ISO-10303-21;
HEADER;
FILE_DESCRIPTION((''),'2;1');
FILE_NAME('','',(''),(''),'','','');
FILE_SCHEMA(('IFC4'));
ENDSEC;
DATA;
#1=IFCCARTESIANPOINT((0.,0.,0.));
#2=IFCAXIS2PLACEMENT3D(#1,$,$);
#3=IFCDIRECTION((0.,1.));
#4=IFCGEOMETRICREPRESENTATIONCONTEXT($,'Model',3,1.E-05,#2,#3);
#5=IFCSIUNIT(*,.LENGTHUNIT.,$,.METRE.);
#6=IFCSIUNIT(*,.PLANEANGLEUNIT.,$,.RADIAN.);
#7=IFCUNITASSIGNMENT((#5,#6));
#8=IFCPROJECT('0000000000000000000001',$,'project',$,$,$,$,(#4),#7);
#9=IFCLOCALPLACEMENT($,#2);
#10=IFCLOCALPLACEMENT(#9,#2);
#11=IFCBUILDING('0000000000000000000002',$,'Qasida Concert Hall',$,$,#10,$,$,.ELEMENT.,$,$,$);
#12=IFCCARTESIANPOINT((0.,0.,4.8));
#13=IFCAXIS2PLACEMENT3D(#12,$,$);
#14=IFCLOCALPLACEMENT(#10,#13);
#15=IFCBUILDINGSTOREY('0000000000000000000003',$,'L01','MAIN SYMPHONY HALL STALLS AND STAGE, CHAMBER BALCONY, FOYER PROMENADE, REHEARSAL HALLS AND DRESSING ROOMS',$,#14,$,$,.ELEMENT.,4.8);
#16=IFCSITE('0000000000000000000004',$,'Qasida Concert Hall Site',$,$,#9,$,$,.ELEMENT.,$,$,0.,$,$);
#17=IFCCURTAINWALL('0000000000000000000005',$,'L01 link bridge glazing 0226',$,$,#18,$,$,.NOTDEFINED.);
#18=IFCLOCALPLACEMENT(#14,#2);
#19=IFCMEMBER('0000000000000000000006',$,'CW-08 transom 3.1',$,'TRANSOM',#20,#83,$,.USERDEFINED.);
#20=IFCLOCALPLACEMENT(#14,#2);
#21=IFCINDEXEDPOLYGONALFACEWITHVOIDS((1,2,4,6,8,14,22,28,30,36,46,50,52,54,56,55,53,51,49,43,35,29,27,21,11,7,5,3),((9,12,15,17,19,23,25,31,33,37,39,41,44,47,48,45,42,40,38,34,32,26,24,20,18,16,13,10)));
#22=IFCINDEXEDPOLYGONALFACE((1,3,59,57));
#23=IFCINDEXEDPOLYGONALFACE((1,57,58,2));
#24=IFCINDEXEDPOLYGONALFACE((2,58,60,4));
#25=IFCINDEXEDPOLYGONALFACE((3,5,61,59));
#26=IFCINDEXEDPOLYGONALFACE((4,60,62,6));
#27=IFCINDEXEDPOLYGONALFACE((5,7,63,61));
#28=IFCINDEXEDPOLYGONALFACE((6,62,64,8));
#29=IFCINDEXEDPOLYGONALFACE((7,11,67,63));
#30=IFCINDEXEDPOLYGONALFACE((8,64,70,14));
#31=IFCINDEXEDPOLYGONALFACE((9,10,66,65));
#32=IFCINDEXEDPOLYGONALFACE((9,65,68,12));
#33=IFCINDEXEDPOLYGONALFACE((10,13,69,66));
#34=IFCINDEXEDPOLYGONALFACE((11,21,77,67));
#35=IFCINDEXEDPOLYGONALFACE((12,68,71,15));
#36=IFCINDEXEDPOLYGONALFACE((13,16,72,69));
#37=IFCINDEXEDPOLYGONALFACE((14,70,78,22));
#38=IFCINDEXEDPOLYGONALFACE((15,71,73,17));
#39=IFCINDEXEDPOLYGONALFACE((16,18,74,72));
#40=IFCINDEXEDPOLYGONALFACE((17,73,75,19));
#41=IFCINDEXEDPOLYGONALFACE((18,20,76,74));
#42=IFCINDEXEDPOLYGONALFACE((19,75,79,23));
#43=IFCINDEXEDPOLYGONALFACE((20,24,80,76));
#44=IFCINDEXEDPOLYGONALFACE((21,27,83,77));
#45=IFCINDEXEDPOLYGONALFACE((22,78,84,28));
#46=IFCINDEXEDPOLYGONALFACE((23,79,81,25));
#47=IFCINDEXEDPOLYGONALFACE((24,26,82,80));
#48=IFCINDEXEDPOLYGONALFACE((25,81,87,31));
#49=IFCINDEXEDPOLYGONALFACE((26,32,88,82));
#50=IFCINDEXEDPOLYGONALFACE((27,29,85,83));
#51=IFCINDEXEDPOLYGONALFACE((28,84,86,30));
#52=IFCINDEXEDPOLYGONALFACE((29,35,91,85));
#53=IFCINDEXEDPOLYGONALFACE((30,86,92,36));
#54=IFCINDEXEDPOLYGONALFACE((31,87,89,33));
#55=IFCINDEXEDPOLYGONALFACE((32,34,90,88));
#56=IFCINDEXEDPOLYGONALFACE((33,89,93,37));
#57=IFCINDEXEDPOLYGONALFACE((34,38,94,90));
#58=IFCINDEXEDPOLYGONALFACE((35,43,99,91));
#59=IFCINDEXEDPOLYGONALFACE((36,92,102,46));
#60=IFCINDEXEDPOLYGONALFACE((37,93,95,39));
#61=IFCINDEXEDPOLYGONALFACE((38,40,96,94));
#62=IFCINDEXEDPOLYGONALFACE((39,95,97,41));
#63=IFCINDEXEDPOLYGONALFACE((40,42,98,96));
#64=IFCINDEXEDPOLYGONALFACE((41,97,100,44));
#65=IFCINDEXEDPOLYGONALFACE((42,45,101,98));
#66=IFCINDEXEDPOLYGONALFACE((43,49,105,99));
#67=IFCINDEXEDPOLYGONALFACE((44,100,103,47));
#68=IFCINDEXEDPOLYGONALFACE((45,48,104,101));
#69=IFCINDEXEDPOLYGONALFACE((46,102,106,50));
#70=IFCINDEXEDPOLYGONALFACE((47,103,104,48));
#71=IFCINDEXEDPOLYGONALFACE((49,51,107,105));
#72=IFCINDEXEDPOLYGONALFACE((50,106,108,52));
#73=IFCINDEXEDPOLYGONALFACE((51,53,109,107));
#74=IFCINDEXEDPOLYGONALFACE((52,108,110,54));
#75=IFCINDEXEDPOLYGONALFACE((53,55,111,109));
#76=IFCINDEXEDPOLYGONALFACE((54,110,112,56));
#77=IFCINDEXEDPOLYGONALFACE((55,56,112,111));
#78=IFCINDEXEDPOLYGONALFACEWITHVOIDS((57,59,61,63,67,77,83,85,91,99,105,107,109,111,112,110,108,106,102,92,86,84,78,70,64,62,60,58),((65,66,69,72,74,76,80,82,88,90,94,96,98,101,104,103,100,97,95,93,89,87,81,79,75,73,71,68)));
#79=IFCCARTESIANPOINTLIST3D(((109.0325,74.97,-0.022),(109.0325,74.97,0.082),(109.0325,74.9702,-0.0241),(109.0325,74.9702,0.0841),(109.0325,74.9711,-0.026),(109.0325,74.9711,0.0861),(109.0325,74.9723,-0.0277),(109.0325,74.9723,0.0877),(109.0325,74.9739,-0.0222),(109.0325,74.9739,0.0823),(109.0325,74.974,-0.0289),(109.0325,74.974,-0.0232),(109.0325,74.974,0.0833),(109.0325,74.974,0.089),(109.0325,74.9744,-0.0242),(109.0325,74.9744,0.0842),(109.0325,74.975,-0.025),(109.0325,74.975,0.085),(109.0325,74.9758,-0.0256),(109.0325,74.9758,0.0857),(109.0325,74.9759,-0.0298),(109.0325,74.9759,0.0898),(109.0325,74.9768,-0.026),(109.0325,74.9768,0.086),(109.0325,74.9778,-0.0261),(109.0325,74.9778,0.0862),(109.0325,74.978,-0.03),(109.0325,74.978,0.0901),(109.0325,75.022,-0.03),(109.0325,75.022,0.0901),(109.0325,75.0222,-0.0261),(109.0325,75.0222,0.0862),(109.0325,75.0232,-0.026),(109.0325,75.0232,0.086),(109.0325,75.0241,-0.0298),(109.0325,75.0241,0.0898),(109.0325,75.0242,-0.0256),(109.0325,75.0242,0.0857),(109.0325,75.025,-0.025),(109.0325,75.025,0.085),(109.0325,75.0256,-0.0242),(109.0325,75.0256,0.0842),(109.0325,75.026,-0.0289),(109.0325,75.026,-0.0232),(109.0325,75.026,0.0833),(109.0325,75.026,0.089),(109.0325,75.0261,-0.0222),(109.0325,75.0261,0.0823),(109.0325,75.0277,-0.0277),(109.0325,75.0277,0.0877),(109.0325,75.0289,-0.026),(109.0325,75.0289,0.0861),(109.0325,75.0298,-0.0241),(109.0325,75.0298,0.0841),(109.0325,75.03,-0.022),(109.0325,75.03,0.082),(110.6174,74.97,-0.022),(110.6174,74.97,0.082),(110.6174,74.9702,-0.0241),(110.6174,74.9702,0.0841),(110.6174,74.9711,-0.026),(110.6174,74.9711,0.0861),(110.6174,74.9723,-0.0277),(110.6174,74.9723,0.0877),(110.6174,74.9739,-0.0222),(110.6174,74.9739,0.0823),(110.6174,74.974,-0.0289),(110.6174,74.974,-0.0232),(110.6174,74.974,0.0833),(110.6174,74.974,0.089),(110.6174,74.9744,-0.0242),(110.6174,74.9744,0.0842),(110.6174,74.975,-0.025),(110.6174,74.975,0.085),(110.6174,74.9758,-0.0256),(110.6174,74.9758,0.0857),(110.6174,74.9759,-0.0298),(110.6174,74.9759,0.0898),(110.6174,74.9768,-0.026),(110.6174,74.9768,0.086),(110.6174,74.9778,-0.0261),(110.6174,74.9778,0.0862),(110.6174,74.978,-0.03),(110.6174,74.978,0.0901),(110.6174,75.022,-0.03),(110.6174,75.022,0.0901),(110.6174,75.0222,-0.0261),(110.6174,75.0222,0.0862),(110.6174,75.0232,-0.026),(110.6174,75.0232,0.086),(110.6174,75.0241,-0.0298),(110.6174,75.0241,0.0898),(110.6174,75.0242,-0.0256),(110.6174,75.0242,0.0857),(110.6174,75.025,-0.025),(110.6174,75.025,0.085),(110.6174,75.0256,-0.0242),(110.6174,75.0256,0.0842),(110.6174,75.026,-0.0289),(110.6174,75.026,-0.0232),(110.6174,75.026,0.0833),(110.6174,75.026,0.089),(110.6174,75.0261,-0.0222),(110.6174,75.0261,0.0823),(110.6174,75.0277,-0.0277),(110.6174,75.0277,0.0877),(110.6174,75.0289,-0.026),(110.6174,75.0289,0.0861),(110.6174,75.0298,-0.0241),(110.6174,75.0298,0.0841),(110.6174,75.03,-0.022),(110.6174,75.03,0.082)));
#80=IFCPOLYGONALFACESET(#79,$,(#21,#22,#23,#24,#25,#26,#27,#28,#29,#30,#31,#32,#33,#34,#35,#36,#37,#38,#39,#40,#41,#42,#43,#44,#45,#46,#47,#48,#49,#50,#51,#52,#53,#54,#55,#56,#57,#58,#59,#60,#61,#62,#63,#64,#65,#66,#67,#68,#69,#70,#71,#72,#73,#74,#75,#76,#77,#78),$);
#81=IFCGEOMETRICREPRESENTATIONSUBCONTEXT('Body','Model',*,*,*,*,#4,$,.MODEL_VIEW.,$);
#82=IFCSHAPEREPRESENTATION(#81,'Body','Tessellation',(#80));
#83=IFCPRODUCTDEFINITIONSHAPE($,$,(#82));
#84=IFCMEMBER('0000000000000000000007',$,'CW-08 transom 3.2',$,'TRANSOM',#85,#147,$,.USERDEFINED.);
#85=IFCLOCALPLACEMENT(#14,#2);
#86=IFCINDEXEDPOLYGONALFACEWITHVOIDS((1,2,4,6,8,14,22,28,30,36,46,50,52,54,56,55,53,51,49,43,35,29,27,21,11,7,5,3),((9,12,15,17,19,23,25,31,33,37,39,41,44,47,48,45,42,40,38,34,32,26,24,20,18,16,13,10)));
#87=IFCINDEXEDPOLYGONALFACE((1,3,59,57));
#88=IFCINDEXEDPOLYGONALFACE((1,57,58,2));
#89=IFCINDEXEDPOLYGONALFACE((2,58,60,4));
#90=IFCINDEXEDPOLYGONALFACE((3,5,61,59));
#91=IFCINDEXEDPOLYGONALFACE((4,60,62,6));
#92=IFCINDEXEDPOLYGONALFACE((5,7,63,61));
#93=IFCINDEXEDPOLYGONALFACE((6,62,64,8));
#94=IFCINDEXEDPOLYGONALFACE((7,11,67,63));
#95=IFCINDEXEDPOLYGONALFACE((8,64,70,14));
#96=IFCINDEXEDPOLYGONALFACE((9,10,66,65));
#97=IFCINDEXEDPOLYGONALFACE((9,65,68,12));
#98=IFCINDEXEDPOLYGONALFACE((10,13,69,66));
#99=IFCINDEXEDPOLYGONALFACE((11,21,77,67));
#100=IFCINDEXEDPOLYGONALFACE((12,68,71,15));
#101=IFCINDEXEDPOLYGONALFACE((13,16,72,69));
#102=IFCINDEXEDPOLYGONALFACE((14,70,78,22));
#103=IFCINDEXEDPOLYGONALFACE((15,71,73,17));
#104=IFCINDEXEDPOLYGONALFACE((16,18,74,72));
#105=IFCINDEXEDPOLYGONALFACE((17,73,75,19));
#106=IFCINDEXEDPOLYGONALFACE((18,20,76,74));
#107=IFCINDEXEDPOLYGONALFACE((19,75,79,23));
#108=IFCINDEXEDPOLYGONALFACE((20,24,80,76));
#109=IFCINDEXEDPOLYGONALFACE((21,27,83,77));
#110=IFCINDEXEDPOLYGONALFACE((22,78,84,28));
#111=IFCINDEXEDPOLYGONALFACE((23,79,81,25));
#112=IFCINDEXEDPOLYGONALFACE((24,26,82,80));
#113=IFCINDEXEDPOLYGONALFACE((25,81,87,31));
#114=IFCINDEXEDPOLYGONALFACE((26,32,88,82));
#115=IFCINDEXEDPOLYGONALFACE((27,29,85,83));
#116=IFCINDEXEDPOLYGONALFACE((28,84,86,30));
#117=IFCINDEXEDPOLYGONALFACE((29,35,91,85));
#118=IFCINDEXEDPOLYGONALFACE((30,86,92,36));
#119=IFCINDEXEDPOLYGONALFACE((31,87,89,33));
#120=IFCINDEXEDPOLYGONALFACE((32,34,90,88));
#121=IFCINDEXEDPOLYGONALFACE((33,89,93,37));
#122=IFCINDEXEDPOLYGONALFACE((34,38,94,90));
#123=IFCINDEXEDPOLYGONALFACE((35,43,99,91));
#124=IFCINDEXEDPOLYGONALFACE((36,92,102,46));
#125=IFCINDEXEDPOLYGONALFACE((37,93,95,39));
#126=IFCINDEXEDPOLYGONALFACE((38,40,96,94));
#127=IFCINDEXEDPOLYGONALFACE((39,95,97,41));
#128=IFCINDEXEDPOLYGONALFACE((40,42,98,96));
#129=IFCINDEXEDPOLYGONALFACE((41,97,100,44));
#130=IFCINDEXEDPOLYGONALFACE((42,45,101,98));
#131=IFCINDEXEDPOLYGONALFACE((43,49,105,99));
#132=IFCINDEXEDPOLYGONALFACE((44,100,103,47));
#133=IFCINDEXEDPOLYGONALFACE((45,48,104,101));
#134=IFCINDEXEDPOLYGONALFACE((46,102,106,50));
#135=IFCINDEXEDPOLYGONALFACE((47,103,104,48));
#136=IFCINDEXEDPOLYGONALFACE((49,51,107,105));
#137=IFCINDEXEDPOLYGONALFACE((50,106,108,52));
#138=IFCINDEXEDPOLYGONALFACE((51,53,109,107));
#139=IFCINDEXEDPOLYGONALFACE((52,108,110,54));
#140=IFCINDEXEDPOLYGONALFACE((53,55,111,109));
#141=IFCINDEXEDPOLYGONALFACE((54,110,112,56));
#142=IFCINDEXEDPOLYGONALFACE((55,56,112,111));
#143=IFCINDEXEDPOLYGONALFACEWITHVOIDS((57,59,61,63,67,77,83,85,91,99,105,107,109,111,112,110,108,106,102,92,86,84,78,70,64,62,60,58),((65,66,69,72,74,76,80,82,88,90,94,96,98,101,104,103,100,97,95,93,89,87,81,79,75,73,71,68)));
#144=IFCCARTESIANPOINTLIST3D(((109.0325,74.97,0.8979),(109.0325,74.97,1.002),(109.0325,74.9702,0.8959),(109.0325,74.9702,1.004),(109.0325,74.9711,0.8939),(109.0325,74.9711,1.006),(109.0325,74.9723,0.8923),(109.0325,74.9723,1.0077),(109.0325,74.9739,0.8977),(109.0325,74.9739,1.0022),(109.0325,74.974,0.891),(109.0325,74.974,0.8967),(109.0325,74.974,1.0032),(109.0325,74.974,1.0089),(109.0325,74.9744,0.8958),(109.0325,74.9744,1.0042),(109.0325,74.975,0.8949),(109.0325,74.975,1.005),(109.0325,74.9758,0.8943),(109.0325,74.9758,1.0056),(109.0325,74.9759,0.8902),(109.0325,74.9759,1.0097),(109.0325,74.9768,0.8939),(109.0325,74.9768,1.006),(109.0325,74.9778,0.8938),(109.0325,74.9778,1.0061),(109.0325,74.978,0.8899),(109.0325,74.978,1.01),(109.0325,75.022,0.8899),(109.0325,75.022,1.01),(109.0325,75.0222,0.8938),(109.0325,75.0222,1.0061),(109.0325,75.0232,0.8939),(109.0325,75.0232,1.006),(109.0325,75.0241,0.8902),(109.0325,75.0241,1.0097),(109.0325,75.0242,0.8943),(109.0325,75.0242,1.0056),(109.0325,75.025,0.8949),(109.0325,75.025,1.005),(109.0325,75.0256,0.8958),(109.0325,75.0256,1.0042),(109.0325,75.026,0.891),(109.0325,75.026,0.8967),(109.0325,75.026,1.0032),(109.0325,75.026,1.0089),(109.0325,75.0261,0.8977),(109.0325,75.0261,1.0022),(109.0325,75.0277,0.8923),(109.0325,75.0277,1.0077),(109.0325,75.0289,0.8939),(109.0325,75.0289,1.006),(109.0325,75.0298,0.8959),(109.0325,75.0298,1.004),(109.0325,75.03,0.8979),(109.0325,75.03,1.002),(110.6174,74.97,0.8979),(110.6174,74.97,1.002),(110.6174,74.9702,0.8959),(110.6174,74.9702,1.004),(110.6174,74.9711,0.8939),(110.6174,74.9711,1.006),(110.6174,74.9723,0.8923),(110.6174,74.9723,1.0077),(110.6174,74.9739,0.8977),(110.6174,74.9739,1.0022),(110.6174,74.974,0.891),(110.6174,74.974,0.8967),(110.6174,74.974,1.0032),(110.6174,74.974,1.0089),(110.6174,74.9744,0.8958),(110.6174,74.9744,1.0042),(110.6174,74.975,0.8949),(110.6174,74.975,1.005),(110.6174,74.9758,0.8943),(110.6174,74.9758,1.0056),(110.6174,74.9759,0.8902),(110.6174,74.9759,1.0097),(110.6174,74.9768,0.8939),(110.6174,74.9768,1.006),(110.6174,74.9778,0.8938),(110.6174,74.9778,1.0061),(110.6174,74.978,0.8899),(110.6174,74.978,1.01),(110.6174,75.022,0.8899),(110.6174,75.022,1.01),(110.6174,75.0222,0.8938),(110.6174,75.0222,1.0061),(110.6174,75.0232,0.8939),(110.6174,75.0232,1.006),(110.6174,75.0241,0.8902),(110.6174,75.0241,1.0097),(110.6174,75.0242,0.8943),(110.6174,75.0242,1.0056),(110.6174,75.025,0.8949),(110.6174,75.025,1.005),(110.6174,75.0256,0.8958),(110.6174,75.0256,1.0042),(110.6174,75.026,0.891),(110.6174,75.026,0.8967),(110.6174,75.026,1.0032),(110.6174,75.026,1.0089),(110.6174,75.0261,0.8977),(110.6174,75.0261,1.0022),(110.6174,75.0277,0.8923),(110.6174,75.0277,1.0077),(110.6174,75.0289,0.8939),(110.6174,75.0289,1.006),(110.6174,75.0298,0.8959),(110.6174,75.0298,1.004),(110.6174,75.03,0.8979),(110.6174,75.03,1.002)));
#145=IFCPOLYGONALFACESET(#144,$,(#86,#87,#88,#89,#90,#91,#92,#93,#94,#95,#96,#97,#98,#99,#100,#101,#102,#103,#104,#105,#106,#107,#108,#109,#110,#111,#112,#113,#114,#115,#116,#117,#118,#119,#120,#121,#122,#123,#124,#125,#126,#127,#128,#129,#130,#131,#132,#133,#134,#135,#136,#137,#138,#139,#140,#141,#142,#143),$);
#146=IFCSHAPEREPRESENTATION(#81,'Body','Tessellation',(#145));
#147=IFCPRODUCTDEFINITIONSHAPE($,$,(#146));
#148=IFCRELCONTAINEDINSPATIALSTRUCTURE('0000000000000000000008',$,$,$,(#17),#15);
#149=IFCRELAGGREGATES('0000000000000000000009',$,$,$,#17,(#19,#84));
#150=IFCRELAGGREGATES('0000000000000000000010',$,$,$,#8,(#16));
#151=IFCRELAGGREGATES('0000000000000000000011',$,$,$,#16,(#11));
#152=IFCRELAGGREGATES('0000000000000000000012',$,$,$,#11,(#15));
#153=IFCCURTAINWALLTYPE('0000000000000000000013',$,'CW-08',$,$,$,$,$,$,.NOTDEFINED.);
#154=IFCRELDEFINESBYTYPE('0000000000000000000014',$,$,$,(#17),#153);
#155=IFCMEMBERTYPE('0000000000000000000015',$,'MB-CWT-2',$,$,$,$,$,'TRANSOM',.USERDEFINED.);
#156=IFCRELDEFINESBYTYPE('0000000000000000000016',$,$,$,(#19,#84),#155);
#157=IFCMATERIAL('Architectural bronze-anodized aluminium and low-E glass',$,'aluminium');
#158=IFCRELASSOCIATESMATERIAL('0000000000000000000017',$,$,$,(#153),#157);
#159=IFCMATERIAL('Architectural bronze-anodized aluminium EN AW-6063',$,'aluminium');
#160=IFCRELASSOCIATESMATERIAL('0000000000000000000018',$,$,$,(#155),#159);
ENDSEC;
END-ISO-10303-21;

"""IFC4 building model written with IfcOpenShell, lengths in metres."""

from ifc_helpers import new_model, si_unit, direction, frame, origin, origin_2d, place, context, subcontext, project, spatial, hollow_rectangle, extrude, material, material_profile, profile_set, type_object, element, aggregate, save


model = new_model("IFC4")

# Units and contexts
model_context = context("Model", 3, precision=1e-05, world=origin(), true_north=direction((0.0, 1.0)))
body_context = subcontext(model_context, "Body", "Model", "MODEL_VIEW")
ifc_project = project(units=[si_unit("LENGTHUNIT", "METRE"), si_unit("PLANEANGLEUNIT", "RADIAN")], contexts=[model_context])

# Site, building, storey
site_placement = place(None, origin())
site = spatial("IfcSite", under=ifc_project, at=site_placement, Name="Qasida Concert Hall Site", CompositionType="ELEMENT", RefElevation=0.0)
building_placement = place(site_placement, origin())
building = spatial("IfcBuilding", under=site, at=building_placement, Name="Qasida Concert Hall", CompositionType="ELEMENT")
storey_placement = place(building_placement, frame((0.0, 0.0, 4.8)))
storey = spatial("IfcBuildingStorey", under=building, at=storey_placement, Name="L01", Description="MAIN SYMPHONY HALL STALLS AND STAGE, CHAMBER BALCONY, FOYER PROMENADE, REHEARSAL HALLS AND DRESSING ROOMS", CompositionType="ELEMENT", Elevation=4.8)

# Curtain wall, members
ifc_material_1 = material(Name="Architectural bronze-anodized aluminium and low-E glass", Category="aluminium")
curtain_wall_type = type_object("IfcCurtainWallType", Name="CW-08", PredefinedType="NOTDEFINED", material=ifc_material_1)
curtain_wall_placement = place(storey_placement, origin())
curtain_wall = element("IfcCurtainWall", 1, at=curtain_wall_placement, inside=storey, type_object=curtain_wall_type, Name="L01 link bridge glazing 0226", PredefinedType="NOTDEFINED")
ifc_material_2 = material(Name="Architectural bronze-anodized aluminium EN AW-6063", Category="aluminium")
ifc_material_profile_1 = material_profile(ifc_material_2, hollow_rectangle(XDim=0.0601, YDim=0.1201, WallThickness=0.0039, InnerFilletRadius=0.0039, OuterFilletRadius=0.0081, at=origin_2d()), Name="CWT 120x60x4")
ifc_profile_set_1 = profile_set([ifc_material_profile_1], Name="Architectural bronze-anodized aluminium EN AW-6063")
member_type_1 = type_object("IfcMemberType", Name="MB-CWT-2", ElementType="TRANSOM", PredefinedType="USERDEFINED", material=ifc_profile_set_1)
member_1_placement = place(storey_placement, frame((109.0325, 75.0, 0.03), z_axis=(1.0, 0.0, 0.0), x_axis=(0.0, 1.0, 0.0)))
member_1 = element("IfcMember", 2, at=member_1_placement, type_object=member_type_1, Name="CW-08 transom 3.1", ObjectType="TRANSOM", PredefinedType="USERDEFINED", context=body_context, shape_type="SweptSolid", body=[
    extrude(hollow_rectangle(XDim=0.0601, YDim=0.1201, WallThickness=0.0039, InnerFilletRadius=0.0039, OuterFilletRadius=0.0081, at=origin_2d()), origin(), (0.0, 0.0, 1.0), 1.585),
])
member_2_placement = place(storey_placement, frame((109.0325, 75.0, 0.95), z_axis=(1.0, 0.0, 0.0), x_axis=(0.0, 1.0, 0.0)))
member_2 = element("IfcMember", 3, at=member_2_placement, type_object=member_type_1, Name="CW-08 transom 3.2", ObjectType="TRANSOM", PredefinedType="USERDEFINED", context=body_context, shape_type="SweptSolid", body=[
    extrude(hollow_rectangle(XDim=0.0601, YDim=0.1201, WallThickness=0.0039, InnerFilletRadius=0.0039, OuterFilletRadius=0.0081, at=origin_2d()), origin(), (0.0, 0.0, 1.0), 1.585),
])
aggregate(curtain_wall, [member_1, member_2])

save(model, "model.ifc")
